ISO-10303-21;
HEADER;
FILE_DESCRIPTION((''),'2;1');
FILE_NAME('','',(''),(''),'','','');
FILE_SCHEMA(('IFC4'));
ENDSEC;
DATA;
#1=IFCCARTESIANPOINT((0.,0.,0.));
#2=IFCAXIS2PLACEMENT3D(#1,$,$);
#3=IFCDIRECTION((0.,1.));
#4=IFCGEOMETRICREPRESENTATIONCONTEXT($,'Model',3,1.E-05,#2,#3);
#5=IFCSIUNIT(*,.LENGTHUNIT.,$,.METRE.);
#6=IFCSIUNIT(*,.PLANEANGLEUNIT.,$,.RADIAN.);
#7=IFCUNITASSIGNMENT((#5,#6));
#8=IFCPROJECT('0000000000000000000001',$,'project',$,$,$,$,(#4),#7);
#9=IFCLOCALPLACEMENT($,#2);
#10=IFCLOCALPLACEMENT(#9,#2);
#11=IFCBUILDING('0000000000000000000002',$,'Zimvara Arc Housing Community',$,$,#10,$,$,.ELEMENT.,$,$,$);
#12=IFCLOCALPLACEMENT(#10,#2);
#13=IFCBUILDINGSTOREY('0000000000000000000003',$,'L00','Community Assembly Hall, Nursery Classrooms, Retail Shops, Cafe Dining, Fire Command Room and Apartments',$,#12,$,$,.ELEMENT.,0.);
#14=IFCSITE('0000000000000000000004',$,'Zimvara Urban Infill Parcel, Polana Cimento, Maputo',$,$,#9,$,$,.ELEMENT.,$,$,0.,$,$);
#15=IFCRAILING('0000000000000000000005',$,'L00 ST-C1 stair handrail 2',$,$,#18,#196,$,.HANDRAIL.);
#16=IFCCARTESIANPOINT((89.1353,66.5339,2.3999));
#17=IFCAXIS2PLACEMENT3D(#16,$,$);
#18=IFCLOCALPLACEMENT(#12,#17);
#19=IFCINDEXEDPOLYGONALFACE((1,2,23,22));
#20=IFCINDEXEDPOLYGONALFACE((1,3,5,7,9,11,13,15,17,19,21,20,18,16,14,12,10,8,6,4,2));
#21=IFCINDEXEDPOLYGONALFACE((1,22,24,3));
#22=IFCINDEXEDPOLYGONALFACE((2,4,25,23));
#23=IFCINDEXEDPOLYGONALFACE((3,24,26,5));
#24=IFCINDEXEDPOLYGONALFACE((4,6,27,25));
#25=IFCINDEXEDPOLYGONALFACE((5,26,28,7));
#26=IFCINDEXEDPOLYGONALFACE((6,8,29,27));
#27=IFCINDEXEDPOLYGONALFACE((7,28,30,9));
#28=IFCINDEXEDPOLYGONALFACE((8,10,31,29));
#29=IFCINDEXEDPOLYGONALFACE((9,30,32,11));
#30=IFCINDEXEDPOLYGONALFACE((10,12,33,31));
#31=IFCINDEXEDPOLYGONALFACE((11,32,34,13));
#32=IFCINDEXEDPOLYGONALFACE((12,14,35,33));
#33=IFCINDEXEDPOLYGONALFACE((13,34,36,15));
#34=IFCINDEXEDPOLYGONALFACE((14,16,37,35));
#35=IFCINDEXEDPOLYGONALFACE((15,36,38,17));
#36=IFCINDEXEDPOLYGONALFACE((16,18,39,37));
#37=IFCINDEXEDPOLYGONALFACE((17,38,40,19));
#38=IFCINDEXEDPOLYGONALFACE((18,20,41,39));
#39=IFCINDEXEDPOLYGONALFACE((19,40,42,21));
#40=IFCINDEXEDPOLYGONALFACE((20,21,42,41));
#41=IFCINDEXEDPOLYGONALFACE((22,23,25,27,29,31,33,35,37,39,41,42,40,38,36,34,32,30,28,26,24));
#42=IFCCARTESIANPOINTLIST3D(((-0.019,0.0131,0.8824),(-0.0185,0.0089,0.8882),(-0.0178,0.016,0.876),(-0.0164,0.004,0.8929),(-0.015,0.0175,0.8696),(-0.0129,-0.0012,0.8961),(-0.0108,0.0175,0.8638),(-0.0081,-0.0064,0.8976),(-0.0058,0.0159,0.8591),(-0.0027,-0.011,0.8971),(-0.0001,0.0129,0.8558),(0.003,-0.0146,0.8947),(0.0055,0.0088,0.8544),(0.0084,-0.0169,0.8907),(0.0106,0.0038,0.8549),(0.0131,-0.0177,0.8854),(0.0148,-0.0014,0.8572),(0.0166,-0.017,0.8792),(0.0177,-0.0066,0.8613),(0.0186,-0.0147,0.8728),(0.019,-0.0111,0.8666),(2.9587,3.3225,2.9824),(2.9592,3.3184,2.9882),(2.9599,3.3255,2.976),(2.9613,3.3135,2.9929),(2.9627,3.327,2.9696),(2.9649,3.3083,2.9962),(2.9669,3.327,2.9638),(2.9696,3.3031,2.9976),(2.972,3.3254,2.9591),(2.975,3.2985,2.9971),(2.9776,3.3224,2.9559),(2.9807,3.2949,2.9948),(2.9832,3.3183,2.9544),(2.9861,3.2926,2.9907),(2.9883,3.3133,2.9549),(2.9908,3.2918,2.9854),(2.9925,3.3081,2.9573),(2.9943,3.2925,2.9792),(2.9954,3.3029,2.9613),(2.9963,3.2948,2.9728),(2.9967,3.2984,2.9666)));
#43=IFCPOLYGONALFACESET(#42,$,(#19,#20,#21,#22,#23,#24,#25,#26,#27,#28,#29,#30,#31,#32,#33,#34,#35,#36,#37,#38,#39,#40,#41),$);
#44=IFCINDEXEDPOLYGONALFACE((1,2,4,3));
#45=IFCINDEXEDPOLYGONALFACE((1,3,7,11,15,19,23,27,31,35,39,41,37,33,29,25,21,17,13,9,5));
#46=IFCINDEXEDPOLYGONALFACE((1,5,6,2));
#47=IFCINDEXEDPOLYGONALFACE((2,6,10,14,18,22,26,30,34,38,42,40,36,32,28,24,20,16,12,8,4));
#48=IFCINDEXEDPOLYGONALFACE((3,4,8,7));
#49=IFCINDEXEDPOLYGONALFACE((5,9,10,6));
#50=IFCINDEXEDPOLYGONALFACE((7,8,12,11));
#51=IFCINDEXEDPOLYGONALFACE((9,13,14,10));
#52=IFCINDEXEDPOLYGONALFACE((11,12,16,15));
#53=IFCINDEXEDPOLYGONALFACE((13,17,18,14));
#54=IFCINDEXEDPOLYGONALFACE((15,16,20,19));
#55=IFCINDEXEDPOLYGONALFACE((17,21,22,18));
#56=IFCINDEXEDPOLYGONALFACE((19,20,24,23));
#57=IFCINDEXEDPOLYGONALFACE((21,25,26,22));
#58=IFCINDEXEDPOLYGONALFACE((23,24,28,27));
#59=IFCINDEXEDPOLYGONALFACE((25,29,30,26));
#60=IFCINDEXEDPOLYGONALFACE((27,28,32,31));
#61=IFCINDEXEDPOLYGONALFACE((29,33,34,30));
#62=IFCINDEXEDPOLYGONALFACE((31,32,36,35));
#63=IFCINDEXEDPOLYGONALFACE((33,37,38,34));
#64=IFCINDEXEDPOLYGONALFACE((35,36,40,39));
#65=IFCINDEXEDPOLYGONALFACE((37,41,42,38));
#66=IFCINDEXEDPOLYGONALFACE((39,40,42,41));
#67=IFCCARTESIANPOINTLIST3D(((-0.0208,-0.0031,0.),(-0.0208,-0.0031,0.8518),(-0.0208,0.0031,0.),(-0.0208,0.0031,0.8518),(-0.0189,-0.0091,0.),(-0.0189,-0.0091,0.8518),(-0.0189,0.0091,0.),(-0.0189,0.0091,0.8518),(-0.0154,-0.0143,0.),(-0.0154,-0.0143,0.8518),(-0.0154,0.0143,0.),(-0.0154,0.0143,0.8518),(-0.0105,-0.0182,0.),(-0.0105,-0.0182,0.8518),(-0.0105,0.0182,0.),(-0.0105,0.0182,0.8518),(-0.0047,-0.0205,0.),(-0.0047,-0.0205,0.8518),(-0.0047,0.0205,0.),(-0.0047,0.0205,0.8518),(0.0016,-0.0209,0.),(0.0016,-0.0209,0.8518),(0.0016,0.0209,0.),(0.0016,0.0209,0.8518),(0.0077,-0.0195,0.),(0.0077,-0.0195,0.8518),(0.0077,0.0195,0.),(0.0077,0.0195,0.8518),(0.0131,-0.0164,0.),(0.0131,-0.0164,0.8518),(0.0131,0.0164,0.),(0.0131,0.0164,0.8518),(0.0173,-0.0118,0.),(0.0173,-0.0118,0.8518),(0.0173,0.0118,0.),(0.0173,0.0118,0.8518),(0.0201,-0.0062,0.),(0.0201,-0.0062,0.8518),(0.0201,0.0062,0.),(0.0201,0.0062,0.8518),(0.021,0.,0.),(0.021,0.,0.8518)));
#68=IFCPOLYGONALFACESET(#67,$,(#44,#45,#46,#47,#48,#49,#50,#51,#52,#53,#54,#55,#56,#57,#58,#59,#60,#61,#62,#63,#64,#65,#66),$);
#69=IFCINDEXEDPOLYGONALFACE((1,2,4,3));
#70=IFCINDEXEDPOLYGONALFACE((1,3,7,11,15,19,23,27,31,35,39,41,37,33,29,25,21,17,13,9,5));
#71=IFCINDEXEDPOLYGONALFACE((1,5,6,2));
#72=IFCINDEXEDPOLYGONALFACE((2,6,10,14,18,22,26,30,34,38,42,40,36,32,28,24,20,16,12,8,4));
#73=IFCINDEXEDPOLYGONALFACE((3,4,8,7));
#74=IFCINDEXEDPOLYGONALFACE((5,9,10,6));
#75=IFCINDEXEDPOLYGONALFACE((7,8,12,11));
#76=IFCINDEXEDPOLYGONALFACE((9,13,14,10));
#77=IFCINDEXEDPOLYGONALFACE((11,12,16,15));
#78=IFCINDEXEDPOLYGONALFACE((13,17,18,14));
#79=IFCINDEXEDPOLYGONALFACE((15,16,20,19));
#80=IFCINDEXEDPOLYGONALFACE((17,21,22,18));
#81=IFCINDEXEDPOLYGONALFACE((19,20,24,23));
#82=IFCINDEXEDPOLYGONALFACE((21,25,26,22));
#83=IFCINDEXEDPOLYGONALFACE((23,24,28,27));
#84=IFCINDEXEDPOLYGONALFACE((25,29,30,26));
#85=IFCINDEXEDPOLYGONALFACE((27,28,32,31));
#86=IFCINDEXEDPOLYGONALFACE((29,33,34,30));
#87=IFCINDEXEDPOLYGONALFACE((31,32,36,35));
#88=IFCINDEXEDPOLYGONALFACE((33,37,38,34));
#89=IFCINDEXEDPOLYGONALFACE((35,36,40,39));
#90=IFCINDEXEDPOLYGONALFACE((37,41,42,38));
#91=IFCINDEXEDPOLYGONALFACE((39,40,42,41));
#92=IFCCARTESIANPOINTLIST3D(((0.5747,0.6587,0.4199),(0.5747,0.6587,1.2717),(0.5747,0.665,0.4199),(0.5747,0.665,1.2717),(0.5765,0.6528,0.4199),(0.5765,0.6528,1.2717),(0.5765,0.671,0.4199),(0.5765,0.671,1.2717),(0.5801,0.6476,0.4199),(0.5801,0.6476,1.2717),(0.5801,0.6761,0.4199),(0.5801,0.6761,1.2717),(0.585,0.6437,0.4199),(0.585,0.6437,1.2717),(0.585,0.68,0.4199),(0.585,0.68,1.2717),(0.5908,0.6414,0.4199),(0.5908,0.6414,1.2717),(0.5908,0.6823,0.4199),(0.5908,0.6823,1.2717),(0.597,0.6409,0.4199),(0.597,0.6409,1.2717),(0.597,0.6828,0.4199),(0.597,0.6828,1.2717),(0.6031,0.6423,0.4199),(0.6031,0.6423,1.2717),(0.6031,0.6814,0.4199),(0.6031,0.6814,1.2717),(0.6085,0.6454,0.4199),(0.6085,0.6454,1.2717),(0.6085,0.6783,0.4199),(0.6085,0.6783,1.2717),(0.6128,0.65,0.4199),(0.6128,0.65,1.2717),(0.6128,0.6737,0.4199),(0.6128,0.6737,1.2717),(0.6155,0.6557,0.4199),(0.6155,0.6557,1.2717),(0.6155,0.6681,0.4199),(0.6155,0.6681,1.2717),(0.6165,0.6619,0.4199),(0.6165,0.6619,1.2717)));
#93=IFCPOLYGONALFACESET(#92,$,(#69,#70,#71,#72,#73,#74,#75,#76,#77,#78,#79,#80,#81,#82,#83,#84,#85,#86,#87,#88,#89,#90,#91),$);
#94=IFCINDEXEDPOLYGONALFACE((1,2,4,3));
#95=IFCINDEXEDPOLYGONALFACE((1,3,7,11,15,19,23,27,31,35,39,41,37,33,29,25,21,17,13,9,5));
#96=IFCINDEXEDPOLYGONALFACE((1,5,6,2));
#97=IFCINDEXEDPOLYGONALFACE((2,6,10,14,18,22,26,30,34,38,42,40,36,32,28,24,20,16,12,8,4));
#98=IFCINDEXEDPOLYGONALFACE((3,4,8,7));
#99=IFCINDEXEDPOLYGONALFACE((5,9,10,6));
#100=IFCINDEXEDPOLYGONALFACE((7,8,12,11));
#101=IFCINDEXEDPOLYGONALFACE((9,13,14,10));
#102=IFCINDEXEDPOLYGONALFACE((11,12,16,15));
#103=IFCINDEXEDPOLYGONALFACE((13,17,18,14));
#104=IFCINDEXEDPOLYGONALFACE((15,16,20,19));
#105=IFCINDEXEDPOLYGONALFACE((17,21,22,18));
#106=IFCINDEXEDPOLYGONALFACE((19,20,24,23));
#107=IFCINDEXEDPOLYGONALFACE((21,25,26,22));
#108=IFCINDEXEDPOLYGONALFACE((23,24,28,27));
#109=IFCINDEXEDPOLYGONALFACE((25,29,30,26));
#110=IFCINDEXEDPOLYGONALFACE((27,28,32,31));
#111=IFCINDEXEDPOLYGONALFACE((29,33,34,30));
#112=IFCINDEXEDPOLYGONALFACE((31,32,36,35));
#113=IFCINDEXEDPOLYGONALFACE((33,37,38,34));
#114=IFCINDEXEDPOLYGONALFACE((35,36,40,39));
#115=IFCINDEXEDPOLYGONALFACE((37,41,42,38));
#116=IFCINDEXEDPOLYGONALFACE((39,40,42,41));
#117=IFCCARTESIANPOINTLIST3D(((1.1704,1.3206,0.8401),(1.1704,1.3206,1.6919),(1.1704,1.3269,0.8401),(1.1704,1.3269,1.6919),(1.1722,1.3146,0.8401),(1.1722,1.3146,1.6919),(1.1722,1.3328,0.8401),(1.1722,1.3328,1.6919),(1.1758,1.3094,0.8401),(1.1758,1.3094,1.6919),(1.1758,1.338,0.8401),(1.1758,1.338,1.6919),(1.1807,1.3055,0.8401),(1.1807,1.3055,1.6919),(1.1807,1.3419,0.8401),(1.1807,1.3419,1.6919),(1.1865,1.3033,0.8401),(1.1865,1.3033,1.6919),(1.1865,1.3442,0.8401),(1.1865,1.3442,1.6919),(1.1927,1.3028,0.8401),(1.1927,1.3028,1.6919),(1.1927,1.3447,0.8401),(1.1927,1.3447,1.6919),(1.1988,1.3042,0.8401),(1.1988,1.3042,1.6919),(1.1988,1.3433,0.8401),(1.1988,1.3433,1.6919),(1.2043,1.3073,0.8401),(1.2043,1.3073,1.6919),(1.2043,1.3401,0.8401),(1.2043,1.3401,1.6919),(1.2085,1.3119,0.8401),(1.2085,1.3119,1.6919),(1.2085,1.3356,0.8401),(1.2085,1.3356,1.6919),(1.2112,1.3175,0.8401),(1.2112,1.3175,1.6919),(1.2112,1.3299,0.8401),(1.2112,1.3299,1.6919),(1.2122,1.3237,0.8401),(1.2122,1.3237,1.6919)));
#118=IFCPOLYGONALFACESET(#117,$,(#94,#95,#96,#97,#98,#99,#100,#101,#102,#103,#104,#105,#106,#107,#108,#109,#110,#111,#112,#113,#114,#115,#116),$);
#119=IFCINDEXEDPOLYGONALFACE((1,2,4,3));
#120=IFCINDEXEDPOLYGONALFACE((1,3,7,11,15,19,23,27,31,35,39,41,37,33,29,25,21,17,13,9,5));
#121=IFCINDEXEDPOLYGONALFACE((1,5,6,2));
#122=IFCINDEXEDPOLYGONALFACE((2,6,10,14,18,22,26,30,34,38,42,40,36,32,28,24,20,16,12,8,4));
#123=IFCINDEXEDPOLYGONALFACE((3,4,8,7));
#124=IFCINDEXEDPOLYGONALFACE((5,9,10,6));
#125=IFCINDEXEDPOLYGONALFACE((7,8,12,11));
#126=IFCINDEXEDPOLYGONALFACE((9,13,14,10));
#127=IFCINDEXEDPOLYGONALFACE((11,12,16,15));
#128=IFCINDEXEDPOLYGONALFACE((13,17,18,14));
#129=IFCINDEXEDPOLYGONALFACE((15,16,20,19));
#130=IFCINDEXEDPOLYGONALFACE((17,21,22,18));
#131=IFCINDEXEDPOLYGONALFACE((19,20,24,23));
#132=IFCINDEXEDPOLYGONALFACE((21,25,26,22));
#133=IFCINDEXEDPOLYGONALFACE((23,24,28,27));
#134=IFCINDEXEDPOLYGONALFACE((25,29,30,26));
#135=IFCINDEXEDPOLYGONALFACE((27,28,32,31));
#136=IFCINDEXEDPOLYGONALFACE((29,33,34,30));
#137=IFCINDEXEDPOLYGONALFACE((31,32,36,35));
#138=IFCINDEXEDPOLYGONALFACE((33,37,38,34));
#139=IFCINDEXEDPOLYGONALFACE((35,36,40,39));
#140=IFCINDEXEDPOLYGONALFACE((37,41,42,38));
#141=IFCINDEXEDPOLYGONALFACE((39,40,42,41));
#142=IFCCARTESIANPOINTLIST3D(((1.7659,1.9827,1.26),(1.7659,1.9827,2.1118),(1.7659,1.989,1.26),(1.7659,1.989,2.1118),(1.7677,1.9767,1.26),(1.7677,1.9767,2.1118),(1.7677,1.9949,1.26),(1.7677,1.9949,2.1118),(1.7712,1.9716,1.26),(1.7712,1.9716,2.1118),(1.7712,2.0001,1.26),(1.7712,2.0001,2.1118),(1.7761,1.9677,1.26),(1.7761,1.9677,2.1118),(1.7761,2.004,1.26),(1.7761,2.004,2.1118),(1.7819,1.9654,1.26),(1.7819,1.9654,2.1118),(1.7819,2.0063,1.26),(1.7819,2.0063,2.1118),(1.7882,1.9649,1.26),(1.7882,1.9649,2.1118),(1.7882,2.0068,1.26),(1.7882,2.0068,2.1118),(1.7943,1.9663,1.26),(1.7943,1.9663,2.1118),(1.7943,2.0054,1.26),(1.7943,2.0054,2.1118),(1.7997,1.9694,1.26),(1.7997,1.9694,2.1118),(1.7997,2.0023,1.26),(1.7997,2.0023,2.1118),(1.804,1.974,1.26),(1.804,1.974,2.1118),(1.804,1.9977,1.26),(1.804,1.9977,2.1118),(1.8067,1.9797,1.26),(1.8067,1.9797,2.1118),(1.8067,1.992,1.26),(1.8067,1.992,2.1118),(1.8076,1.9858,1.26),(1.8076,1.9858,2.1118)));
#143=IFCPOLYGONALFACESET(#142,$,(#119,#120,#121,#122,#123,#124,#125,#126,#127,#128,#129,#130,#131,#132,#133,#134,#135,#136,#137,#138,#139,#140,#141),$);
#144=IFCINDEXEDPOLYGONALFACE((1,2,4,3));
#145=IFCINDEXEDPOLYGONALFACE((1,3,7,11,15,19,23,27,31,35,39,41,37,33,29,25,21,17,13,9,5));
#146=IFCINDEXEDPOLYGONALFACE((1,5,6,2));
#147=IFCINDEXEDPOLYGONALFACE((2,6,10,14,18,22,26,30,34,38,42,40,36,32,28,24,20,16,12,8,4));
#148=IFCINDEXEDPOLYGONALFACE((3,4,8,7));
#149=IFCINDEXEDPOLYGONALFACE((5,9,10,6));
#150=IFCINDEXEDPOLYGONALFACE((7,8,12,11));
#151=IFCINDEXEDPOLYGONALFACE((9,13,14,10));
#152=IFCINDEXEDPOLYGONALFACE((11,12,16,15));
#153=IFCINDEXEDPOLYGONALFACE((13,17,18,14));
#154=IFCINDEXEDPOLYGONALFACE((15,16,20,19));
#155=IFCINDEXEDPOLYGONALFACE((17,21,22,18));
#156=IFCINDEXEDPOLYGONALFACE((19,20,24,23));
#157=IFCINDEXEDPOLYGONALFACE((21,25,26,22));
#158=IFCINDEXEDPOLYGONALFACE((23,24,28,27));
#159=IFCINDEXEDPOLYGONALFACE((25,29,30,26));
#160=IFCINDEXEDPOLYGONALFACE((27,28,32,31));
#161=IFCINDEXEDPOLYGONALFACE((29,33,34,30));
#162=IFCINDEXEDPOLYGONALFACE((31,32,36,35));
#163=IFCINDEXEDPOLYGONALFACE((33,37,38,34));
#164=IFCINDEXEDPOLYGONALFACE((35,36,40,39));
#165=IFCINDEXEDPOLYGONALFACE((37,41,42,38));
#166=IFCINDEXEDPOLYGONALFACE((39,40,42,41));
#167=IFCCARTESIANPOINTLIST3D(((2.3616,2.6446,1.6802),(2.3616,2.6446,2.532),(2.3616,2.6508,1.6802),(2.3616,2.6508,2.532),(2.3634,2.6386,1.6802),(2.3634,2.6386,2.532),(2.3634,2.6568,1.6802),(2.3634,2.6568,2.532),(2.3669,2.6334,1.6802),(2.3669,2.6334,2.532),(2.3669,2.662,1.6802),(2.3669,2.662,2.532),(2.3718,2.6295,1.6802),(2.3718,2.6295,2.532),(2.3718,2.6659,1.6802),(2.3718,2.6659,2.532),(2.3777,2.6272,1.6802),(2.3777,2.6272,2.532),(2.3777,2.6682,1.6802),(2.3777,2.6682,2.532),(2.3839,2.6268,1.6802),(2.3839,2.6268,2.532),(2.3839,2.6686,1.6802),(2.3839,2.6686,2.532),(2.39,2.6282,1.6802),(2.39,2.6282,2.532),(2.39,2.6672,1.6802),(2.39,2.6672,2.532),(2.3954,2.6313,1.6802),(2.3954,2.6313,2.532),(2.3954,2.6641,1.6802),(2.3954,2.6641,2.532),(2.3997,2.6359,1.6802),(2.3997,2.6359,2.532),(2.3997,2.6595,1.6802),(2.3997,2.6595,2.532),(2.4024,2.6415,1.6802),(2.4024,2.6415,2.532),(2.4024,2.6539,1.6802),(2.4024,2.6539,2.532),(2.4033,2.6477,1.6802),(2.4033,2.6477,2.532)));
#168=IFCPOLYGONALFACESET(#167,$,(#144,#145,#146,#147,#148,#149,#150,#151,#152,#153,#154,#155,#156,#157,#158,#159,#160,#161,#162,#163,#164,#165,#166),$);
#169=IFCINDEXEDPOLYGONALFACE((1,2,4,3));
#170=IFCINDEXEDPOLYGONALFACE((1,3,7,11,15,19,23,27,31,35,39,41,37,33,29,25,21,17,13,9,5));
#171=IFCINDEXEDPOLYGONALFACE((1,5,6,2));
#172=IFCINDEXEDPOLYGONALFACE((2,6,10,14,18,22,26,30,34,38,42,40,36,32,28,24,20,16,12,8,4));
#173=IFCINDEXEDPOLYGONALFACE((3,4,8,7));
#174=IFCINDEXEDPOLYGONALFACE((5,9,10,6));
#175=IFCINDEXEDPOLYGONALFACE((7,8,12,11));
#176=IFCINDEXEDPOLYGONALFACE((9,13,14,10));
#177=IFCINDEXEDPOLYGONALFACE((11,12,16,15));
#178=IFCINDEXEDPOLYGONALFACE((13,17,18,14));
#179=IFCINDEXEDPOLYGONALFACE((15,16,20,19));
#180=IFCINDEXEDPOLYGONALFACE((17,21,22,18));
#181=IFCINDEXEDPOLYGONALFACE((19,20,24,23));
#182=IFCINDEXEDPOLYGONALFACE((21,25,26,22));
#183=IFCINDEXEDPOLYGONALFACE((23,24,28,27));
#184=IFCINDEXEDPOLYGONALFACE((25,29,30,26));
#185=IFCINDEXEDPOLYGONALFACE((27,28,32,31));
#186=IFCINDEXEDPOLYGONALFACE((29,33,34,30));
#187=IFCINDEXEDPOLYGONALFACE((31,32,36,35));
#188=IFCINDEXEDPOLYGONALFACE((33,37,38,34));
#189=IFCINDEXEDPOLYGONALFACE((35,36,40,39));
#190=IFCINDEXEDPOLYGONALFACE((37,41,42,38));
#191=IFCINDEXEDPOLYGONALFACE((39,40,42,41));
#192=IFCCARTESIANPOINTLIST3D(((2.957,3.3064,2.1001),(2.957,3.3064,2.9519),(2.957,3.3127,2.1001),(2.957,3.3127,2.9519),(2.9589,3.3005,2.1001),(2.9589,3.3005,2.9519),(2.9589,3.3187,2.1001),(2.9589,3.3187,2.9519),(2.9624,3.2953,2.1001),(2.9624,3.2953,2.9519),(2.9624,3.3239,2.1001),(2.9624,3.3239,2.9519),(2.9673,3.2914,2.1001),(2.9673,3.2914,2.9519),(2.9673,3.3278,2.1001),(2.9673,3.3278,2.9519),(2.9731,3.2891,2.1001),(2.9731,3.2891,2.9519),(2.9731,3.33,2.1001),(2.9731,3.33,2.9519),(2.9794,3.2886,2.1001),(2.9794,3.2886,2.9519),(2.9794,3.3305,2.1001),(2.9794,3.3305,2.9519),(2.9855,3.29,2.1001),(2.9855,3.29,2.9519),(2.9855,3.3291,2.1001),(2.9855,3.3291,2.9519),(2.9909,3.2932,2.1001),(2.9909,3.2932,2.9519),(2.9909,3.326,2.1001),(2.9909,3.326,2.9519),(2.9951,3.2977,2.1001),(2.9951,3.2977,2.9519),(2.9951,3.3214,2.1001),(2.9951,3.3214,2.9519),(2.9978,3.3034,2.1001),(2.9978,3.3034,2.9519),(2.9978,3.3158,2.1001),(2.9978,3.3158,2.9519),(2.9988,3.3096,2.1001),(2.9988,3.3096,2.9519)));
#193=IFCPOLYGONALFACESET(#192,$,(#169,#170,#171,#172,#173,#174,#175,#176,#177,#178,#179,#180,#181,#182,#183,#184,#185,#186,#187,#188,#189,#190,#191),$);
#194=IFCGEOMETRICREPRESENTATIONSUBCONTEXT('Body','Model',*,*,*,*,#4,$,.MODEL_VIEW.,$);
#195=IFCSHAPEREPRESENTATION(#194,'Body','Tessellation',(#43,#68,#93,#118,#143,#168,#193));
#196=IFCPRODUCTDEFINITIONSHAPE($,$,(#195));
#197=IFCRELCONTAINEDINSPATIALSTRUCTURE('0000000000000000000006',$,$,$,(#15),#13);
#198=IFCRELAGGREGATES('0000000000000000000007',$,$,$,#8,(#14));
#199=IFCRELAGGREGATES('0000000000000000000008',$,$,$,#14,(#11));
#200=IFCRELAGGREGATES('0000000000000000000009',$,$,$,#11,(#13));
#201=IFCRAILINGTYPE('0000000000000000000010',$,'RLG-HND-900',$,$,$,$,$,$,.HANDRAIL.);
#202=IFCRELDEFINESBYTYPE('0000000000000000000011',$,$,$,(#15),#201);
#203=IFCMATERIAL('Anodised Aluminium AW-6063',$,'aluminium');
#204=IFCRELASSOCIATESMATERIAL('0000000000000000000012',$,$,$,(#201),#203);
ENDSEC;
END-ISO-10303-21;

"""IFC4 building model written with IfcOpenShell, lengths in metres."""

from ifc_helpers import new_model, si_unit, direction, frame, origin, origin_2d, place, context, subcontext, project, spatial, circle, extrude, material, type_object, element, save


model = new_model("IFC4")

# Units and contexts
model_context = context("Model", 3, precision=1e-05, world=origin(), true_north=direction((0.0, 1.0)))
body_context = subcontext(model_context, "Body", "Model", "MODEL_VIEW")
ifc_project = project(units=[si_unit("LENGTHUNIT", "METRE"), si_unit("PLANEANGLEUNIT", "RADIAN")], contexts=[model_context])

# Site, building, storey
site_placement = place(None, origin())
site = spatial("IfcSite", under=ifc_project, at=site_placement, Name="Zimvara Urban Infill Parcel, Polana Cimento, Maputo", CompositionType="ELEMENT", RefElevation=0.0)
building_placement = place(site_placement, origin())
building = spatial("IfcBuilding", under=site, at=building_placement, Name="Zimvara Arc Housing Community", CompositionType="ELEMENT")
storey_placement = place(building_placement, origin())
storey = spatial("IfcBuildingStorey", under=building, at=storey_placement, Name="L00", Description="Community Assembly Hall, Nursery Classrooms, Retail Shops, Cafe Dining, Fire Command Room and Apartments", CompositionType="ELEMENT", Elevation=0.0)

# Railing
ifc_material_1 = material(Name="Anodised Aluminium AW-6063", Category="aluminium")
railing_type_1 = type_object("IfcRailingType", Name="RLG-HND-900", PredefinedType="HANDRAIL", material=ifc_material_1)
railing_1_placement = place(storey_placement, frame((89.1353, 66.5339, 2.3999)))
element("IfcRailing", 1, at=railing_1_placement, inside=storey, type_object=railing_type_1, Name="L00 ST-C1 stair handrail 2", PredefinedType="HANDRAIL", context=body_context, shape_type="SweptSolid", body=[
    extrude(circle(Radius=0.0239, at=origin_2d()), frame((0.0, 0.0, 0.876), z_axis=(0.604935, 0.672337, 0.426634), x_axis=(-0.743387, 0.668862, 0.0)), (0.0, 0.0, 1.0), 4.9224),
    extrude(circle(Radius=0.021, at=origin_2d()), origin(), (0.0, 0.0, 1.0), 0.8518),
    extrude(circle(Radius=0.021, at=origin_2d()), frame((0.5955, 0.6619, 0.4199)), (0.0, 0.0, 1.0), 0.8518),
    extrude(circle(Radius=0.021, at=origin_2d()), frame((1.1912, 1.3237, 0.8401)), (0.0, 0.0, 1.0), 0.8518),
    extrude(circle(Radius=0.021, at=origin_2d()), frame((1.7866, 1.9858, 1.26)), (0.0, 0.0, 1.0), 0.8518),
    extrude(circle(Radius=0.021, at=origin_2d()), frame((2.3823, 2.6477, 1.6802)), (0.0, 0.0, 1.0), 0.8518),
    extrude(circle(Radius=0.021, at=origin_2d()), frame((2.9778, 3.3096, 2.1001)), (0.0, 0.0, 1.0), 0.8518),
])

save(model, "model.ifc")
